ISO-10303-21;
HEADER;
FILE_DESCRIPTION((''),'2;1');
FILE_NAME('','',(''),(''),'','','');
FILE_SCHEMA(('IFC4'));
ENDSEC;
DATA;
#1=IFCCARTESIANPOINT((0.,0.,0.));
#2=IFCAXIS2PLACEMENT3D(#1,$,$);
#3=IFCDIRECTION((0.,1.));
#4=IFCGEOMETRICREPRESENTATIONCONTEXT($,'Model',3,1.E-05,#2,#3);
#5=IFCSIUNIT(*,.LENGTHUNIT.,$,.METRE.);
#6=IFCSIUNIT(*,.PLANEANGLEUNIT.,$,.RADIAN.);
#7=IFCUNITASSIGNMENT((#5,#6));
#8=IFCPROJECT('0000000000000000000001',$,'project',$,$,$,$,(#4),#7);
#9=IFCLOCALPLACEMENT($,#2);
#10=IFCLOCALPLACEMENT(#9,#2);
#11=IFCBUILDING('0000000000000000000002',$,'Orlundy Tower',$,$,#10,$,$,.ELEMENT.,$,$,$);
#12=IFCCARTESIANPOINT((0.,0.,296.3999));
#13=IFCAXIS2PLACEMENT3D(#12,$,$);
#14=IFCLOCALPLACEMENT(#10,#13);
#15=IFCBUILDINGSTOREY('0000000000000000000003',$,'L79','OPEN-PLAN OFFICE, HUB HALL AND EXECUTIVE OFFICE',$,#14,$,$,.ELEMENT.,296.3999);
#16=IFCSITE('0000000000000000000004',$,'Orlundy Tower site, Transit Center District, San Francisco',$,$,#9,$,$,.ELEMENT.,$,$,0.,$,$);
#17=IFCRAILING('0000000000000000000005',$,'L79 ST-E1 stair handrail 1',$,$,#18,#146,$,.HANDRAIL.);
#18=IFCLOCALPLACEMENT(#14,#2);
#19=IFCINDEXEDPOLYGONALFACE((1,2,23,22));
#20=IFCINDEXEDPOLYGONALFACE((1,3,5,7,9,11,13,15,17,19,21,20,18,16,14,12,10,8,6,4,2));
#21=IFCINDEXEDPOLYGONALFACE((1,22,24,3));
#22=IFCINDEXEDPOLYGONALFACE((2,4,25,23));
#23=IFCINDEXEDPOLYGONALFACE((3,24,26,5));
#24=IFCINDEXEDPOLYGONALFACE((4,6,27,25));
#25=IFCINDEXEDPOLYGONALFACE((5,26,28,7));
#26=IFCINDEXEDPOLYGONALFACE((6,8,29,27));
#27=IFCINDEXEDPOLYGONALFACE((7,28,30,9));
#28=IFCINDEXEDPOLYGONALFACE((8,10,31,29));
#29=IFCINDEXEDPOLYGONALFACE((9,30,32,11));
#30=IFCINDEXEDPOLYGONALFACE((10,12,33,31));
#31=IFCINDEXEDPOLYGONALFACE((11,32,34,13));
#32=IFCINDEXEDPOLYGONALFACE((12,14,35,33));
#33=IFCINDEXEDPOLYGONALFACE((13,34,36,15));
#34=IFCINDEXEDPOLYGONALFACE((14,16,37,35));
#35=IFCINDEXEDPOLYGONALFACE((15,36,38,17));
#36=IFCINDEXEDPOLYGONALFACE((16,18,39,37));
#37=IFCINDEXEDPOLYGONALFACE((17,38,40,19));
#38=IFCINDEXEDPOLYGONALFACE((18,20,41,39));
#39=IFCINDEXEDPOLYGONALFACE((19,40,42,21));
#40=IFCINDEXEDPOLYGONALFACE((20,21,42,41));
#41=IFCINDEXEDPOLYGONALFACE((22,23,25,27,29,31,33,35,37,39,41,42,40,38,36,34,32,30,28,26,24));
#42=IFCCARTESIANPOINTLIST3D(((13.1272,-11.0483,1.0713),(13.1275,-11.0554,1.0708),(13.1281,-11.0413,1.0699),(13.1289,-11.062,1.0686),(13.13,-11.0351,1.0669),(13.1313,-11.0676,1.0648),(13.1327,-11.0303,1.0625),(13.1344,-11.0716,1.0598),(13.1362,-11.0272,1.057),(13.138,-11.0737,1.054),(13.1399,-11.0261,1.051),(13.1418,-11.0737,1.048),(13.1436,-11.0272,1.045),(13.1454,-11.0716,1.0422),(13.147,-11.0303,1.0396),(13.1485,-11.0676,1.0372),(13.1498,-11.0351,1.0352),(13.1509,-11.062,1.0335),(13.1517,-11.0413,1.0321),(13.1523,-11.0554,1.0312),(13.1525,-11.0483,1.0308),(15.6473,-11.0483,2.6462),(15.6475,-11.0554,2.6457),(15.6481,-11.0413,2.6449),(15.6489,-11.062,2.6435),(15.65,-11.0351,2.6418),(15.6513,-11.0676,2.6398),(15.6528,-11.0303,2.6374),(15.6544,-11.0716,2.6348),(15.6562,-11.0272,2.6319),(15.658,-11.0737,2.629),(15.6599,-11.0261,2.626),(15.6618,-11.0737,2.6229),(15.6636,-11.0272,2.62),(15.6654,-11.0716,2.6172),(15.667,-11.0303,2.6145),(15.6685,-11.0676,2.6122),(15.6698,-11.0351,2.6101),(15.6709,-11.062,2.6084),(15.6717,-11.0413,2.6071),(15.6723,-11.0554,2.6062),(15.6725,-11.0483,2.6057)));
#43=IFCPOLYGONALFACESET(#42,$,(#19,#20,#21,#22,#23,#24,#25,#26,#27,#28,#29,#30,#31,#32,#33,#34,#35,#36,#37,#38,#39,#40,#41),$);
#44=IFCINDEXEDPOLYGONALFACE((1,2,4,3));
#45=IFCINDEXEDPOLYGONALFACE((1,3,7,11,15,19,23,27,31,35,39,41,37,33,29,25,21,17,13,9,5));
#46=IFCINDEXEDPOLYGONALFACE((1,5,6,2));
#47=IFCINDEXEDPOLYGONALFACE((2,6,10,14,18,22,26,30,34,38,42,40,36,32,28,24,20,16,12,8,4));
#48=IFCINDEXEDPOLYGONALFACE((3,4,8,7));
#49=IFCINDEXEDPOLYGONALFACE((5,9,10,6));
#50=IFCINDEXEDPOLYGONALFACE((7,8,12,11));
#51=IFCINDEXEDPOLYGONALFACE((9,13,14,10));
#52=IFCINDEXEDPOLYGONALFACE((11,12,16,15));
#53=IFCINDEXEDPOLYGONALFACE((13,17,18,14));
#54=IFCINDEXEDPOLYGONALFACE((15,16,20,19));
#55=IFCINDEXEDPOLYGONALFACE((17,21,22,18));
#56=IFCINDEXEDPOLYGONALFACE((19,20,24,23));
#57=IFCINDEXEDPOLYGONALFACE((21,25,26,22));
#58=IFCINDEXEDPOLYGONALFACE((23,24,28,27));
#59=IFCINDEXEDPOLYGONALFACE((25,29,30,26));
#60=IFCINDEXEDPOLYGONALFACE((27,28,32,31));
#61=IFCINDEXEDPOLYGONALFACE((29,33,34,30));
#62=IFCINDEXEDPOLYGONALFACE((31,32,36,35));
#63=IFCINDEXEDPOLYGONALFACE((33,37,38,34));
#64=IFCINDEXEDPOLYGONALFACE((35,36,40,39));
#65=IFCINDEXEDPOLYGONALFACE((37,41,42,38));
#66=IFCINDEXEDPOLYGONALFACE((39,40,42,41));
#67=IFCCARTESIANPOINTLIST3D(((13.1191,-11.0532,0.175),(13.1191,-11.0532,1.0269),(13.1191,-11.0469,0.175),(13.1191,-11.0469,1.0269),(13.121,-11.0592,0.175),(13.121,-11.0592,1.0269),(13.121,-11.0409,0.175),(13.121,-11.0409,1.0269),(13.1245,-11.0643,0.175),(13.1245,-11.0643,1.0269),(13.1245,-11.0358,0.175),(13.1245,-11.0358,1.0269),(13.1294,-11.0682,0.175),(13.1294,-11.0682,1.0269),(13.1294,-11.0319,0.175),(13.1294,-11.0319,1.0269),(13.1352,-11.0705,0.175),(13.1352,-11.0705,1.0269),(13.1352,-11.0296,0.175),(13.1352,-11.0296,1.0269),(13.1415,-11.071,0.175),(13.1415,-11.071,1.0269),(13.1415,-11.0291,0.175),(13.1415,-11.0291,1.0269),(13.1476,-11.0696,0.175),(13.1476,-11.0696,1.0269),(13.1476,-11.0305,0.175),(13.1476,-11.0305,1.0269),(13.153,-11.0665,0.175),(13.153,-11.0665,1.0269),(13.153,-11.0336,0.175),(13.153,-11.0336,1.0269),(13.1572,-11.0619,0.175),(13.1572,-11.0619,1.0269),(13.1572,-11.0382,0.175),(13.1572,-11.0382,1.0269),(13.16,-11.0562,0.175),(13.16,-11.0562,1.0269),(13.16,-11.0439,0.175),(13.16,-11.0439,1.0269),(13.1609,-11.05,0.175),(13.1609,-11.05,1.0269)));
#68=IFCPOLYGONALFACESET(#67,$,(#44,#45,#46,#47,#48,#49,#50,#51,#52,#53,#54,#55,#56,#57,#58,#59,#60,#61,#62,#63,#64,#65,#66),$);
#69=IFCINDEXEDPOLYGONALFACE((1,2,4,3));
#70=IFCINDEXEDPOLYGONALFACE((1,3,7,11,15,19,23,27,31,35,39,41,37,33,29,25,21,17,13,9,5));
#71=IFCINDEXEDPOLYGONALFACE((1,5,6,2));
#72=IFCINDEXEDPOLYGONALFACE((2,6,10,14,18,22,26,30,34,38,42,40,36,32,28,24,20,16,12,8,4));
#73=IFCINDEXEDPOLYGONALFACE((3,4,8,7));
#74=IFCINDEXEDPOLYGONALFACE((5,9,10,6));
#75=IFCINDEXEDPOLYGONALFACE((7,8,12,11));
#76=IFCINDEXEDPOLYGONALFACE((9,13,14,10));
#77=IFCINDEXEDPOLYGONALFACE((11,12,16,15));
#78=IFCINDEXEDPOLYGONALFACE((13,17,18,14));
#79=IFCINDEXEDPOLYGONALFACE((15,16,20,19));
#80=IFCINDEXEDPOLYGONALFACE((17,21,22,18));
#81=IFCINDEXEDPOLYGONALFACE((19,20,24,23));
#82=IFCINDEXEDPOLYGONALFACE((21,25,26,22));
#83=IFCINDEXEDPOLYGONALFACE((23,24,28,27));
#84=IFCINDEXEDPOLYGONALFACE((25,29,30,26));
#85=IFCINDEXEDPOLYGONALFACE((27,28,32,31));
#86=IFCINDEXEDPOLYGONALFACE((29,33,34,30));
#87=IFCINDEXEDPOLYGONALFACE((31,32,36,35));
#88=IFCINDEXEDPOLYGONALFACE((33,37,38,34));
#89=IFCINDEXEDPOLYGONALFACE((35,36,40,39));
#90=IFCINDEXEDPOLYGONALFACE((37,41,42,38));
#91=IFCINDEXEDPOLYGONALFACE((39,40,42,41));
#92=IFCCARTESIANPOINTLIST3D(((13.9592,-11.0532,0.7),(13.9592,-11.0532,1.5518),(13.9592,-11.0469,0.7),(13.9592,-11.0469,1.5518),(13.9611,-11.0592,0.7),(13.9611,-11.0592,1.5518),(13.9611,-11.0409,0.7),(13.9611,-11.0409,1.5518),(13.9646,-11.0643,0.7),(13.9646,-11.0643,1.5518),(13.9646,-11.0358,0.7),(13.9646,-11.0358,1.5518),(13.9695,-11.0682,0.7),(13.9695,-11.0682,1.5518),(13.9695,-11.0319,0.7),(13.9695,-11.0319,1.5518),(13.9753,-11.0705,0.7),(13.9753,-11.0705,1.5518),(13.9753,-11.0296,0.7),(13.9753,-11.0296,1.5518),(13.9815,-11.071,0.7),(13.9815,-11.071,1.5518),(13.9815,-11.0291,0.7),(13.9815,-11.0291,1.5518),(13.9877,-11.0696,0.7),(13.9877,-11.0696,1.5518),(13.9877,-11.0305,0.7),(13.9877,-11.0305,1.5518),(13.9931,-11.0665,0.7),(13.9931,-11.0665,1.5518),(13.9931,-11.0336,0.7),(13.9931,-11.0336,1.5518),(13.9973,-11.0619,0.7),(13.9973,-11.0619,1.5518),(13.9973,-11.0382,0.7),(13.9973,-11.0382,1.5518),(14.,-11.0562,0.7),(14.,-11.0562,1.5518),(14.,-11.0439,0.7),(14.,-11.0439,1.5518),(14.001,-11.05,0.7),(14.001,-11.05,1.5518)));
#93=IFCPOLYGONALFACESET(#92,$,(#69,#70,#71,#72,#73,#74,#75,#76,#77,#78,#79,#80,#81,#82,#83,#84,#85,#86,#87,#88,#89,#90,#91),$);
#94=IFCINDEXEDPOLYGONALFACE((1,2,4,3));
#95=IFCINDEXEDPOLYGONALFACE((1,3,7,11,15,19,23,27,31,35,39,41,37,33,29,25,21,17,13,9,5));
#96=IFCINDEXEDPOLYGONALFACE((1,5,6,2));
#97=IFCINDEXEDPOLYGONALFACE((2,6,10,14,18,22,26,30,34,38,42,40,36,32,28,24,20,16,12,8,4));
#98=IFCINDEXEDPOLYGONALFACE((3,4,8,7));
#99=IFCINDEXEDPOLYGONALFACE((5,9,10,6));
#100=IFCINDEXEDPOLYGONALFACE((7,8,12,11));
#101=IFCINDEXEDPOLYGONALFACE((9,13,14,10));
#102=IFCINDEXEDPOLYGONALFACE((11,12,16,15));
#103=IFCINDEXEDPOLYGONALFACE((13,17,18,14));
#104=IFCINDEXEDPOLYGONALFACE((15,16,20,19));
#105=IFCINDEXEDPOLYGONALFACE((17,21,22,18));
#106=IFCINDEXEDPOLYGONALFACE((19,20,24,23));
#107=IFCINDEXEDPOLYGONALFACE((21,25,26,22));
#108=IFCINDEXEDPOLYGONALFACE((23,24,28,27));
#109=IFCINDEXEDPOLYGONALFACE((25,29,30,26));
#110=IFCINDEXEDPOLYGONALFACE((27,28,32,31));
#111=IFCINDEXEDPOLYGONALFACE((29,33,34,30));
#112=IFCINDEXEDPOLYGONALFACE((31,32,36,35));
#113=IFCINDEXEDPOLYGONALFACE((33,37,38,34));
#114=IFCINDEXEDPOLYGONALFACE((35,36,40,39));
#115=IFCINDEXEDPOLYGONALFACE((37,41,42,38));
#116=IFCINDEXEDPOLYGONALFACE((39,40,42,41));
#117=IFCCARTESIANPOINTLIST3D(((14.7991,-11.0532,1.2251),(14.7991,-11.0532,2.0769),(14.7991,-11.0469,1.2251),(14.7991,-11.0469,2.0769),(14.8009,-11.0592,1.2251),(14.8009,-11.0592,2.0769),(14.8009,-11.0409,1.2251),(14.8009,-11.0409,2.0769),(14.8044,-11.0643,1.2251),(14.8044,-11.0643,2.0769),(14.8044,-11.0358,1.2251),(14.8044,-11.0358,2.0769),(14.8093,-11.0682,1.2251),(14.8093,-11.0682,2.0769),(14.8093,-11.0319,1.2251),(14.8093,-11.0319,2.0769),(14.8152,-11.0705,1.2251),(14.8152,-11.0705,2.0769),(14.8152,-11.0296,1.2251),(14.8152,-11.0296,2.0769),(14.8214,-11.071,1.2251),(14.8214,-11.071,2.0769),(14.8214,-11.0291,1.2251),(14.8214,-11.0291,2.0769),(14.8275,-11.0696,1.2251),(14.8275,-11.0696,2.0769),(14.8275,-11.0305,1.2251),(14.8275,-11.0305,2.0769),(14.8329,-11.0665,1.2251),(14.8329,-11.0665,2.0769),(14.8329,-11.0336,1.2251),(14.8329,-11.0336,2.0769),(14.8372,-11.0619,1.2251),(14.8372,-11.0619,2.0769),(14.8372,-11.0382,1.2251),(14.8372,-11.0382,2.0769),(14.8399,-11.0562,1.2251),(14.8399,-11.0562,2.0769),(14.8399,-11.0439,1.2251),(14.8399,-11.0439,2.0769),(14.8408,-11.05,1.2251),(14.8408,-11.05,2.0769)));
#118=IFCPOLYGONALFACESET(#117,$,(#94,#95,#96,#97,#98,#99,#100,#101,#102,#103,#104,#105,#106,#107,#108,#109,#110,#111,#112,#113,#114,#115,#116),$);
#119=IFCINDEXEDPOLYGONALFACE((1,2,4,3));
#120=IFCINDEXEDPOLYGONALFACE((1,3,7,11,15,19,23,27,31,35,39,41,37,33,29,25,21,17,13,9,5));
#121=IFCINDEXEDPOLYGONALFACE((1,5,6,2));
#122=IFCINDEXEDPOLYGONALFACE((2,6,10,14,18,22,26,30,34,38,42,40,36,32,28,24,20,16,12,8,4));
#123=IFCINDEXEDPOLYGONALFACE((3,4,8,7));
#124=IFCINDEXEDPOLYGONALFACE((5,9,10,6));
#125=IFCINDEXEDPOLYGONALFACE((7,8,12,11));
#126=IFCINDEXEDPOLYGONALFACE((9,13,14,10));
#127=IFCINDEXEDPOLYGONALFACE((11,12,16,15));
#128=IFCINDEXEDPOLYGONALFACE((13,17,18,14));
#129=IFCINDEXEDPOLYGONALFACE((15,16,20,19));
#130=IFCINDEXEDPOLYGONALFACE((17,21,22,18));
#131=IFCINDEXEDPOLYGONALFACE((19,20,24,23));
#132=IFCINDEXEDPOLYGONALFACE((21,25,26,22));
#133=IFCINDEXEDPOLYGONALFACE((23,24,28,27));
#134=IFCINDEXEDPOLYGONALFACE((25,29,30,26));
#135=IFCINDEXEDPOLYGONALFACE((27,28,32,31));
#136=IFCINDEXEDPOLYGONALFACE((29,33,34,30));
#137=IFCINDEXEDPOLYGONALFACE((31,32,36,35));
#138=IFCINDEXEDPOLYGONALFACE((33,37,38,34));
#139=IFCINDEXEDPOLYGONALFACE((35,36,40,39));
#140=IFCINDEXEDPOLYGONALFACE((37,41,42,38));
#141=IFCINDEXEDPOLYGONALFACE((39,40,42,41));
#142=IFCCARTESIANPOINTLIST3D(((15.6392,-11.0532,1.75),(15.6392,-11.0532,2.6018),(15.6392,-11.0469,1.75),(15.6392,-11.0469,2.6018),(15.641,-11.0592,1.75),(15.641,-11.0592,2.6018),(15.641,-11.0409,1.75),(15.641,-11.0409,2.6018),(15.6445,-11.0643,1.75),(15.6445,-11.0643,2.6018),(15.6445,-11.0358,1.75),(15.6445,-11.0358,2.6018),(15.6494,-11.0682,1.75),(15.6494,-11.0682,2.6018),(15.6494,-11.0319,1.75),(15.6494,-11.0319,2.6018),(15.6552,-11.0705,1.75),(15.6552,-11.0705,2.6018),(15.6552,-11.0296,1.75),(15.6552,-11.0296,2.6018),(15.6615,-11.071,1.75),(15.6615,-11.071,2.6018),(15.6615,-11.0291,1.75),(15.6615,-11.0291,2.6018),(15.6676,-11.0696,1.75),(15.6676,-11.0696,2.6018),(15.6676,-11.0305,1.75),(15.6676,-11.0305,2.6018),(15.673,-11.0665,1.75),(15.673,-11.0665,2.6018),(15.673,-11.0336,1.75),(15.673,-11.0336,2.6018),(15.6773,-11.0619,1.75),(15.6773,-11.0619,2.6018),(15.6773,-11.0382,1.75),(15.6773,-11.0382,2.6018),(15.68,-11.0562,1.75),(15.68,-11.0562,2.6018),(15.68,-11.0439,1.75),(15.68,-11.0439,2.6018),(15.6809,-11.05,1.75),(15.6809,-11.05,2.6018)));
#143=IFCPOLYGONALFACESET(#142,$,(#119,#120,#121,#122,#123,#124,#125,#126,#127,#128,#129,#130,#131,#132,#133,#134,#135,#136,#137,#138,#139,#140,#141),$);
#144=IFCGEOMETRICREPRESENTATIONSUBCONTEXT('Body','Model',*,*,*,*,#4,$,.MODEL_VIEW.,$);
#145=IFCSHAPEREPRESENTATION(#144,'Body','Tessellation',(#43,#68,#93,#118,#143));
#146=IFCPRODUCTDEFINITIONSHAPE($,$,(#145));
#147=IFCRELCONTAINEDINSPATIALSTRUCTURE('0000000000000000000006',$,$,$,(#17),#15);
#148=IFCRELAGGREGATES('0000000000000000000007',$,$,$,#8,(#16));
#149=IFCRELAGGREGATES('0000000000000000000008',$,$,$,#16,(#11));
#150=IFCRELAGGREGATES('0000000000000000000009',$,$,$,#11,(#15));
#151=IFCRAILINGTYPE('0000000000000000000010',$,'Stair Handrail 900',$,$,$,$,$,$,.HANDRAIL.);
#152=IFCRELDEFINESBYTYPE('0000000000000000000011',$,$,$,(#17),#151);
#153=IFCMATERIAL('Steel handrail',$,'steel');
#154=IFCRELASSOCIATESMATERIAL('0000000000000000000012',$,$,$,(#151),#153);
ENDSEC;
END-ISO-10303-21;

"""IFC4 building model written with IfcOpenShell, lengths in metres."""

from ifc_helpers import new_model, si_unit, direction, frame, origin, origin_2d, place, context, subcontext, project, spatial, circle, extrude, material, type_object, element, save


model = new_model("IFC4")

# Units and contexts
model_context = context("Model", 3, precision=1e-05, world=origin(), true_north=direction((0.0, 1.0)))
body_context = subcontext(model_context, "Body", "Model", "MODEL_VIEW")
ifc_project = project(units=[si_unit("LENGTHUNIT", "METRE"), si_unit("PLANEANGLEUNIT", "RADIAN")], contexts=[model_context])

# Site, building, storey
site_placement = place(None, origin())
site = spatial("IfcSite", under=ifc_project, at=site_placement, Name="Orlundy Tower site, Transit Center District, San Francisco", CompositionType="ELEMENT", RefElevation=0.0)
building_placement = place(site_placement, origin())
building = spatial("IfcBuilding", under=site, at=building_placement, Name="Orlundy Tower", CompositionType="ELEMENT")
storey_placement = place(building_placement, frame((0.0, 0.0, 296.3999)))
storey = spatial("IfcBuildingStorey", under=building, at=storey_placement, Name="L79", Description="OPEN-PLAN OFFICE, HUB HALL AND EXECUTIVE OFFICE", CompositionType="ELEMENT", Elevation=296.3999)

# Railing
ifc_material_1 = material(Name="Steel handrail", Category="steel")
railing_type_1 = type_object("IfcRailingType", Name="Stair Handrail 900", PredefinedType="HANDRAIL", material=ifc_material_1)
railing_1_placement = place(storey_placement, frame((13.1399, -11.05, 0.175)))
element("IfcRailing", 1, at=railing_1_placement, inside=storey, type_object=railing_type_1, Name="L79 ST-E1 stair handrail 1", PredefinedType="HANDRAIL", context=body_context, shape_type="SweptSolid", body=[
    extrude(circle(Radius=0.0239, at=origin_2d()), frame((0.0, 0.0, 0.876), z_axis=(0.848008, 0.0, 0.529984), x_axis=(0.0, 1.0, 0.0)), (0.0, 0.0, 1.0), 2.9717),
    extrude(circle(Radius=0.021, at=origin_2d()), origin(), (0.0, 0.0, 1.0), 0.8518),
    extrude(circle(Radius=0.021, at=origin_2d()), frame((0.8401, 0.0, 0.5249)), (0.0, 0.0, 1.0), 0.8518),
    extrude(circle(Radius=0.021, at=origin_2d()), frame((1.6799, 0.0, 1.05)), (0.0, 0.0, 1.0), 0.8518),
    extrude(circle(Radius=0.021, at=origin_2d()), frame((2.52, 0.0, 1.575)), (0.0, 0.0, 1.0), 0.8518),
])

save(model, "model.ifc")
